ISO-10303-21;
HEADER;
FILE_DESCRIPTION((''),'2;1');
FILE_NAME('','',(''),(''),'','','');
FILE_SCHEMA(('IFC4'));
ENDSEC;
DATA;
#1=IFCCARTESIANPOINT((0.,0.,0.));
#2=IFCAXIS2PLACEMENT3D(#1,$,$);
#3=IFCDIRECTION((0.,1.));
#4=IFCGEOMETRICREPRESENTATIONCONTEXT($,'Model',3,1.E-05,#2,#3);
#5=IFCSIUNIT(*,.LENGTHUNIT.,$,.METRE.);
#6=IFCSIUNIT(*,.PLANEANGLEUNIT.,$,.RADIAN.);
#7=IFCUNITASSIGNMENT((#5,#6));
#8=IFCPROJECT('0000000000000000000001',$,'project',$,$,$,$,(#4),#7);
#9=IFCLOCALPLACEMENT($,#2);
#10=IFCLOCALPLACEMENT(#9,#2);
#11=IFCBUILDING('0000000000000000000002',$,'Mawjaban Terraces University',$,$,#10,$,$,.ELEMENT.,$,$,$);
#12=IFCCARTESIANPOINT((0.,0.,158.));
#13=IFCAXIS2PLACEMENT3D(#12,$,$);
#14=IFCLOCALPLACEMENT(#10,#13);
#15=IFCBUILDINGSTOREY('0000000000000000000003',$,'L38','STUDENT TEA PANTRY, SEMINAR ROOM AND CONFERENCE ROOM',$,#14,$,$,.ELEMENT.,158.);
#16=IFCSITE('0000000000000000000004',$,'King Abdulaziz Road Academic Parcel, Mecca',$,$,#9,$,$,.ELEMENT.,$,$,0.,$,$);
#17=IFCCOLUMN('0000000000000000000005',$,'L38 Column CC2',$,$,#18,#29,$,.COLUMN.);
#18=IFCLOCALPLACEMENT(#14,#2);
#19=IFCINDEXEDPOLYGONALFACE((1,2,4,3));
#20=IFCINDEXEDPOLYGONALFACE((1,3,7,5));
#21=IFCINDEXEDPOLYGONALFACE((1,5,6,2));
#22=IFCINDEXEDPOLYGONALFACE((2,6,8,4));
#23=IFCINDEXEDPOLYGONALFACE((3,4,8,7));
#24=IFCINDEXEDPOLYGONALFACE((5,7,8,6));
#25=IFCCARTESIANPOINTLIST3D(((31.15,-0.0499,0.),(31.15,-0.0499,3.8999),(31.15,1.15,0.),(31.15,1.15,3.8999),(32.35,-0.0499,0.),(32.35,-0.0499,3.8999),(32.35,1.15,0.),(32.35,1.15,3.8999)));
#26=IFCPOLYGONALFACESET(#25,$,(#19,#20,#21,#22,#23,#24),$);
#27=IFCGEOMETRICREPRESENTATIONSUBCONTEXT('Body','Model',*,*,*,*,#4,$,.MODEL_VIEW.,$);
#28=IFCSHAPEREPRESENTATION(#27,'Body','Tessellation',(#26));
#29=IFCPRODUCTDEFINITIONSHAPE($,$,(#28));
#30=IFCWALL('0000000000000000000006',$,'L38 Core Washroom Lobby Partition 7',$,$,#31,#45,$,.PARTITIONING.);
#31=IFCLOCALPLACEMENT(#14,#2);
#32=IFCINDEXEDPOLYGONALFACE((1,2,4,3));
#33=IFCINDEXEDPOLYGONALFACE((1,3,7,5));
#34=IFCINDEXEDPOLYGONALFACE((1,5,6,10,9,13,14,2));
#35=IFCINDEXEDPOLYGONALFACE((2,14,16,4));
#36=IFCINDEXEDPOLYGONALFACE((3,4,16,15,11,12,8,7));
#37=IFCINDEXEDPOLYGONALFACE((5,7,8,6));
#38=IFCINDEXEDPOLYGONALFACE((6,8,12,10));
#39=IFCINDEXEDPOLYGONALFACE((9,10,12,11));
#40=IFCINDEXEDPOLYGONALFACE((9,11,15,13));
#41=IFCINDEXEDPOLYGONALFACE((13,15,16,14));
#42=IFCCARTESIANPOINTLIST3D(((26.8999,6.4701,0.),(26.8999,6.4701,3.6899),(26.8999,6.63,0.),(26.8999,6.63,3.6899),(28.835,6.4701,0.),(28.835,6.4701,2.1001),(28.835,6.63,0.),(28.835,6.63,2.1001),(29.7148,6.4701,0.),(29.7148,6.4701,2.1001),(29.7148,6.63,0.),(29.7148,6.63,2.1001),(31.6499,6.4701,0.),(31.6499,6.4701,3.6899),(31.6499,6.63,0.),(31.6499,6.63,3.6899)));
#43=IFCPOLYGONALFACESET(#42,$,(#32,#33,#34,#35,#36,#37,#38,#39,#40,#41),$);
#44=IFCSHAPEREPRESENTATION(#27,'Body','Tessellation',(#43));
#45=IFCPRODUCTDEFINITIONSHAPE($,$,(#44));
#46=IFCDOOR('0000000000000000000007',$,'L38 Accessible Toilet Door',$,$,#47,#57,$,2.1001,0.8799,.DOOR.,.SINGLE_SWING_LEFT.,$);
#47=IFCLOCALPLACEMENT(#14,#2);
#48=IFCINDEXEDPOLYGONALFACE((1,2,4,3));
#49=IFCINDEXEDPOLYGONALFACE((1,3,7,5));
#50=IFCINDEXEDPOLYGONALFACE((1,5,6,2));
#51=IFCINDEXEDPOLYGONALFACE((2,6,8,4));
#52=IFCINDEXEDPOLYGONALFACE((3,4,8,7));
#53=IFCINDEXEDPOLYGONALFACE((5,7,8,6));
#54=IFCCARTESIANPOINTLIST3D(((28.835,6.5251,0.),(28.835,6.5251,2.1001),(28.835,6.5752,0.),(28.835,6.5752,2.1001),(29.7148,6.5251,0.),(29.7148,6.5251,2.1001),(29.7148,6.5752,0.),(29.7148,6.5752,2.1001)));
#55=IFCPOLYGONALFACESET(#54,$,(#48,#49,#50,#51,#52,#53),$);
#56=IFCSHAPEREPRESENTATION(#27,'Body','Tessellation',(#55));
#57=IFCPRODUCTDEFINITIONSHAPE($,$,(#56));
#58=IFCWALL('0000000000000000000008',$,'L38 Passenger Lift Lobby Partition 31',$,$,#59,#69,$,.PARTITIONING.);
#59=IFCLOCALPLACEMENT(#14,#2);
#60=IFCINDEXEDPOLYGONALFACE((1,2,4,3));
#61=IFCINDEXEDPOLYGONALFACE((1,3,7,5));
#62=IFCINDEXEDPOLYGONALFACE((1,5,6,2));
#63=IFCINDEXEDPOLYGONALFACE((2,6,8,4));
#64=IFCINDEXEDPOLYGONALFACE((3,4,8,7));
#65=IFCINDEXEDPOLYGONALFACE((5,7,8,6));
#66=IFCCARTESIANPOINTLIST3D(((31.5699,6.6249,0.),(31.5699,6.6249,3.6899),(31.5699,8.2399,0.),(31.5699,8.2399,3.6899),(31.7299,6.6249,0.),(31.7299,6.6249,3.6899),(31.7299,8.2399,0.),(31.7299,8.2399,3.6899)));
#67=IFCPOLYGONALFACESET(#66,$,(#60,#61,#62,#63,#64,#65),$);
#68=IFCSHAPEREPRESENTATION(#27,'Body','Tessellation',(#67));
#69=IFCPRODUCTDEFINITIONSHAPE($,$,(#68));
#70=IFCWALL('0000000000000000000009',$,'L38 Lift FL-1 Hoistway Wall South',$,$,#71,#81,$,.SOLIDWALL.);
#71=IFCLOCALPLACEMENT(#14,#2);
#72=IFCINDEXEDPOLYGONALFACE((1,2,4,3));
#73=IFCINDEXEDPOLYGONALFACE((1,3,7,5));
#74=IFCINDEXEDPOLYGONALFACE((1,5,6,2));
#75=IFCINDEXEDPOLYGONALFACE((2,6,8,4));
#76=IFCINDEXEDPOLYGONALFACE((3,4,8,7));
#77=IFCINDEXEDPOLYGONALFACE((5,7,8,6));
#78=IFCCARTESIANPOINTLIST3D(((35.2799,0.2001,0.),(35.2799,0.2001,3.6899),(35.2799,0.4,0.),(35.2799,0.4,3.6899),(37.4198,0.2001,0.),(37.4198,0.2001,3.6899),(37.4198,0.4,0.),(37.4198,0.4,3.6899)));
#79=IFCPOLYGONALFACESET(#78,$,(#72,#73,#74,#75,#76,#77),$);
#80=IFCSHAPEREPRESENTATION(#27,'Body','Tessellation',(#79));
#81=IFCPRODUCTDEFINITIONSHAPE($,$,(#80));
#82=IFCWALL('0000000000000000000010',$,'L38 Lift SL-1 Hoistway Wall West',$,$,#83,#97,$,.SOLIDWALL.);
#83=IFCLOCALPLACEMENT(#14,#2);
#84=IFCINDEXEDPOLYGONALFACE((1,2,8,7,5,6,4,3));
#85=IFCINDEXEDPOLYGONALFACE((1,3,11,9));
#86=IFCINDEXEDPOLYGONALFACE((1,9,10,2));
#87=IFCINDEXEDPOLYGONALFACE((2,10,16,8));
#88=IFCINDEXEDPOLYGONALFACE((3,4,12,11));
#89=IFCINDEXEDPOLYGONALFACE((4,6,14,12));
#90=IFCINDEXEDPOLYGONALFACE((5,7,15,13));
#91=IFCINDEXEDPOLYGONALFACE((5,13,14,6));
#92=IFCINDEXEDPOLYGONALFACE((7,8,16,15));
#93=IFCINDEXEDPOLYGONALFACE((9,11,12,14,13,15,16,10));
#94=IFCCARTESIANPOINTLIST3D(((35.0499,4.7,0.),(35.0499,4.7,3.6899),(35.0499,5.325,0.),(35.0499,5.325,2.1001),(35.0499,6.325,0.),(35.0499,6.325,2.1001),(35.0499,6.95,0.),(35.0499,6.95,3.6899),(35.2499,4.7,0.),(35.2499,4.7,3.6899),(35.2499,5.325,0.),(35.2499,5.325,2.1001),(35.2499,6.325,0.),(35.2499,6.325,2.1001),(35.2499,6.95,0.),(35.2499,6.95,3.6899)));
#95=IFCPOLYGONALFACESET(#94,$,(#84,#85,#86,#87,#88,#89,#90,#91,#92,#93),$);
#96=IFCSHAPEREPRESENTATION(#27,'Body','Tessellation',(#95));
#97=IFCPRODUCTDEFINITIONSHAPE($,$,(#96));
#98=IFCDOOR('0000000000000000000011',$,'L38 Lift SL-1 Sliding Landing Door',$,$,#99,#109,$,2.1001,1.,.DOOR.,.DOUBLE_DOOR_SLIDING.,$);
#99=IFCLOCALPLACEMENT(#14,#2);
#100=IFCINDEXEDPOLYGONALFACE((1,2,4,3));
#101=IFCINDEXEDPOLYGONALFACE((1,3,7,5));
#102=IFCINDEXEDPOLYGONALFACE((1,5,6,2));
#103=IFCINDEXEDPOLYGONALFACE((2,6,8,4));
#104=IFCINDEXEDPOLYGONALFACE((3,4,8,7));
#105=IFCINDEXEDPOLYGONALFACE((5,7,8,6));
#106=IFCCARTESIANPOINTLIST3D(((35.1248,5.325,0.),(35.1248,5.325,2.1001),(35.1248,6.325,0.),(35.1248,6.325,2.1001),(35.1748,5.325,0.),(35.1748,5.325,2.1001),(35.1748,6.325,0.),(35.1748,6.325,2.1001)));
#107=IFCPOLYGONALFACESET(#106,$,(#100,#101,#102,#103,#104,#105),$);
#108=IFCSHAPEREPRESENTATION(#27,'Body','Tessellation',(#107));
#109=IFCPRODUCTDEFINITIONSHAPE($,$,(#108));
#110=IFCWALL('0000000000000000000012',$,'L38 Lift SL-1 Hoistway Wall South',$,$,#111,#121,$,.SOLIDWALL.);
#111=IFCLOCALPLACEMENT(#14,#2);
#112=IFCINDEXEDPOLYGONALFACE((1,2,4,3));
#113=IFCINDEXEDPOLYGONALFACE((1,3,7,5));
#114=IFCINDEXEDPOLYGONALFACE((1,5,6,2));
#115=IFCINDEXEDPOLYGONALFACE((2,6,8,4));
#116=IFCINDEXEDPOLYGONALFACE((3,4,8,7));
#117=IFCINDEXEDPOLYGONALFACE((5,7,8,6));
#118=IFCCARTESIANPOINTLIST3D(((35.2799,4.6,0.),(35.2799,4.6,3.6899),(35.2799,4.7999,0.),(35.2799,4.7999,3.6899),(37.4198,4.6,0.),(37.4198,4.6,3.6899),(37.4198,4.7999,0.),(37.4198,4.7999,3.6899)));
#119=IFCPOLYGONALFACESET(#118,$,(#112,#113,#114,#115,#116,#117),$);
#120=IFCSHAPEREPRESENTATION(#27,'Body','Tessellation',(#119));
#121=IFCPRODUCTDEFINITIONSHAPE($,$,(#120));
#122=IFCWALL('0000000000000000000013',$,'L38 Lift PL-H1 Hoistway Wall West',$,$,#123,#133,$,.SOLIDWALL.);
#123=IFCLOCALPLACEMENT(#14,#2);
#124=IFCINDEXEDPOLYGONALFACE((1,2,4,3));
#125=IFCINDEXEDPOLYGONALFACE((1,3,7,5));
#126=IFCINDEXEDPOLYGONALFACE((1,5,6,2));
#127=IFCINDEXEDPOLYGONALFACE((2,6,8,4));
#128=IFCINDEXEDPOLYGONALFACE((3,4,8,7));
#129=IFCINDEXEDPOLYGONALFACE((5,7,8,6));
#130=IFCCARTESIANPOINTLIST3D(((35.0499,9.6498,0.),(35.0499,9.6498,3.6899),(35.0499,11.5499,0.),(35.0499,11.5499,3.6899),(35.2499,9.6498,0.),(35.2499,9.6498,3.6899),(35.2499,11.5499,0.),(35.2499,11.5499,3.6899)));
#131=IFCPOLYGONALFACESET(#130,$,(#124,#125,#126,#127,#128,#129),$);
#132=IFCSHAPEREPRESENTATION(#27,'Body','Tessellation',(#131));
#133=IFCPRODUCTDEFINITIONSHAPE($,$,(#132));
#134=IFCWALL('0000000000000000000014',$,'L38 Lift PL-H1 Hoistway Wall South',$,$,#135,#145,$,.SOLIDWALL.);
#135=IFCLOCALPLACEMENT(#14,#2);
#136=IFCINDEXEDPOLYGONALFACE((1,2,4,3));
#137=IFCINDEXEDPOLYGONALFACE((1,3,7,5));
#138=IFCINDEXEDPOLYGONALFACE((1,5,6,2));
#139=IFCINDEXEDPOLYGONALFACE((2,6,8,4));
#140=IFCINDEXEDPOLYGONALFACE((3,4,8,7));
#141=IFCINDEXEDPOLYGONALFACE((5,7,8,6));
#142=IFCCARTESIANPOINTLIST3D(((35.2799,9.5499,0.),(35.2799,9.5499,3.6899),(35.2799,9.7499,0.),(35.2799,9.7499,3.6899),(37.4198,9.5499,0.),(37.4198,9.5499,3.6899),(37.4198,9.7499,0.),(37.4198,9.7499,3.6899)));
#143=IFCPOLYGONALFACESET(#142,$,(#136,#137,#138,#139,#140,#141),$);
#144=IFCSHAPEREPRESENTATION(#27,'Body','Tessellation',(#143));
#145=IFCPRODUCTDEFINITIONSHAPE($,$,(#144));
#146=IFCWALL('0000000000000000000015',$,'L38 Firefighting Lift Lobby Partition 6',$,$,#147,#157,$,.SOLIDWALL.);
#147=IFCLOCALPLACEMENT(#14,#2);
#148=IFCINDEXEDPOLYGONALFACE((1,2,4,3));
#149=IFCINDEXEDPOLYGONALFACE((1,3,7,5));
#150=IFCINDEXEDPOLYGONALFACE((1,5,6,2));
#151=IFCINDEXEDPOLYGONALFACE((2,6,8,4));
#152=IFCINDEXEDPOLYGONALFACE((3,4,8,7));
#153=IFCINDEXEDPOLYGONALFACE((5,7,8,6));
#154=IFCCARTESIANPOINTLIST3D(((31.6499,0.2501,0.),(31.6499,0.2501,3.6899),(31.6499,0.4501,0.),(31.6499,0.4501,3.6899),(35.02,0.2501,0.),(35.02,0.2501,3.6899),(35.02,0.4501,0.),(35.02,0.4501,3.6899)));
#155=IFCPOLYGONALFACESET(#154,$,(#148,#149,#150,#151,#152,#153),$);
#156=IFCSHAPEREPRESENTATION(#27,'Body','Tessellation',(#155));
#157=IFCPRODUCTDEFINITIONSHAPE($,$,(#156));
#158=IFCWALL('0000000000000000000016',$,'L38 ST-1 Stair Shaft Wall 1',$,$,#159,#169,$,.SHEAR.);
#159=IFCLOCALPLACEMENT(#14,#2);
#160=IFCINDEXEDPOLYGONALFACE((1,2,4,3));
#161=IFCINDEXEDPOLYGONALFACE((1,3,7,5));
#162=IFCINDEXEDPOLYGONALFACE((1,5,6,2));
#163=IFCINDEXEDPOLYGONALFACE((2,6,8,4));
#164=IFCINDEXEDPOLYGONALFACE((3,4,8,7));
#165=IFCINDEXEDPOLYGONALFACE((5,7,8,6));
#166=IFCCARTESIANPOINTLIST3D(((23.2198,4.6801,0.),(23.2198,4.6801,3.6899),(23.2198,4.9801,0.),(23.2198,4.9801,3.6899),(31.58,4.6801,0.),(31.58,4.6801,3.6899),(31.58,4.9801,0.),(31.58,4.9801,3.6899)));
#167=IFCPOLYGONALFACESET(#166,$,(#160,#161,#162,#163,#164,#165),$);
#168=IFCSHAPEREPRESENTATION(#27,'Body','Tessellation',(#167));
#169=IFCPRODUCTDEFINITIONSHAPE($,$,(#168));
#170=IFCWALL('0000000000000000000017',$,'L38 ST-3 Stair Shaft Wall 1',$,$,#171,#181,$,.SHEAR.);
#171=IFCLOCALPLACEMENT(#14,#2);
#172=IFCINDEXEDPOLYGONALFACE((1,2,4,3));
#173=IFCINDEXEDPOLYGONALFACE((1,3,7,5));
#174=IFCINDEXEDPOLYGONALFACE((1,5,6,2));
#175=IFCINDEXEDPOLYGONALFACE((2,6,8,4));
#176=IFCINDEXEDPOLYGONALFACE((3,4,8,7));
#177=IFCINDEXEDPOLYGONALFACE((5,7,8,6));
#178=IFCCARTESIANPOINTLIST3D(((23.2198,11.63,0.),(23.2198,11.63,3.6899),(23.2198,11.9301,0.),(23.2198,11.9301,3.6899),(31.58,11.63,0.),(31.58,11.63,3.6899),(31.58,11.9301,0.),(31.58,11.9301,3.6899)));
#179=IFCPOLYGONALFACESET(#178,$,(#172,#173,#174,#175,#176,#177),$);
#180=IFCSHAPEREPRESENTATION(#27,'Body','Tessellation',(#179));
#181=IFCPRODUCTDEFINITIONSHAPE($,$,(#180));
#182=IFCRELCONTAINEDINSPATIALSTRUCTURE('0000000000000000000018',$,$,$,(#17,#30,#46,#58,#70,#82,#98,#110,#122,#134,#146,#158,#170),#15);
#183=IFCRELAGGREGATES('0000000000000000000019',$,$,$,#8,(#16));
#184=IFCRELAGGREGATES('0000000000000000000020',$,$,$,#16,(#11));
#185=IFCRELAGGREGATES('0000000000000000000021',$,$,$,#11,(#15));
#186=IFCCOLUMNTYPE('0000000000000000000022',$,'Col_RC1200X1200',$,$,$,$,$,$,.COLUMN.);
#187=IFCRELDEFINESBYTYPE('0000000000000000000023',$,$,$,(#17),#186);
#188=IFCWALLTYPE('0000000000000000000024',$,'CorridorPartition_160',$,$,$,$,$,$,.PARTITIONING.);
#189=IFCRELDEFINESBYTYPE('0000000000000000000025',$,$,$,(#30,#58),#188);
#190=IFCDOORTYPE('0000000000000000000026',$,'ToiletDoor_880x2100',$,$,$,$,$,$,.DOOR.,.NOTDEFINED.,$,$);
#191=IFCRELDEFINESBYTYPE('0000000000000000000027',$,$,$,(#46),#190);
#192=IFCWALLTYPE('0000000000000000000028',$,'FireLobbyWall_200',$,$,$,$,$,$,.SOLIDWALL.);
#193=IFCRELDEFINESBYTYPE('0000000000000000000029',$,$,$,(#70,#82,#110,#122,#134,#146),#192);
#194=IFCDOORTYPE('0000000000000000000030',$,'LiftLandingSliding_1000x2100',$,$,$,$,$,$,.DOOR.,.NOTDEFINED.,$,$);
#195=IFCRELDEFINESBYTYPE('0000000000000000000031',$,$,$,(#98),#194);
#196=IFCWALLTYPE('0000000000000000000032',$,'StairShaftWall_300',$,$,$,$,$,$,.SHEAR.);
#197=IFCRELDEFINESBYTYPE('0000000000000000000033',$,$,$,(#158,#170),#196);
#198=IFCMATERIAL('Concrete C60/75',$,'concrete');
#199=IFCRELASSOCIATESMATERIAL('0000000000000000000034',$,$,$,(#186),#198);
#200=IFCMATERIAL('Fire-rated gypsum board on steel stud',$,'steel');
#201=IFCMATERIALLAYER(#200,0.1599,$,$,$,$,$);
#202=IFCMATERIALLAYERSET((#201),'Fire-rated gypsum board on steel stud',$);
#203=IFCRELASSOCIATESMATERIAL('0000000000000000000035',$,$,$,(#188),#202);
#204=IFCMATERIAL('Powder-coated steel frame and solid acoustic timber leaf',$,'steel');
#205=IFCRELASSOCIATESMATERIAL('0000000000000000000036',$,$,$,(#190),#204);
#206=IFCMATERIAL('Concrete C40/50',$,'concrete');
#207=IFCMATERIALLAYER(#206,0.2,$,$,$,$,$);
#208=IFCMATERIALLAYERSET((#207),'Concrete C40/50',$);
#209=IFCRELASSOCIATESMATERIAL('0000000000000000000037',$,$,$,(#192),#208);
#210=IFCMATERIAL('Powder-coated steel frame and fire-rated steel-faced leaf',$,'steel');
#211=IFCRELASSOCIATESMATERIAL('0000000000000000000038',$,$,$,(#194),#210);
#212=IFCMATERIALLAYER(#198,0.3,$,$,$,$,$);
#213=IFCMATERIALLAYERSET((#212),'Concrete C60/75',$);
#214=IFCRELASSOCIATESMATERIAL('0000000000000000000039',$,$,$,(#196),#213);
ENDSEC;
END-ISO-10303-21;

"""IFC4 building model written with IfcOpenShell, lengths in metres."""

from ifc_helpers import new_model, si_unit, direction, frame, frame_2d, origin, origin_2d, place, context, subcontext, project, spatial, rectangle, extrude, material, layer, layer_set, material_profile, profile_set, type_object, element, fill, save


model = new_model("IFC4")

# Units and contexts
model_context = context("Model", 3, precision=1e-05, world=origin(), true_north=direction((0.0, 1.0)))
body_context = subcontext(model_context, "Body", "Model", "MODEL_VIEW")
ifc_project = project(units=[si_unit("LENGTHUNIT", "METRE"), si_unit("PLANEANGLEUNIT", "RADIAN")], contexts=[model_context])

# Site, building, storey
site_placement = place(None, origin())
site = spatial("IfcSite", under=ifc_project, at=site_placement, Name="King Abdulaziz Road Academic Parcel, Mecca", CompositionType="ELEMENT", RefElevation=0.0)
building_placement = place(site_placement, origin())
building = spatial("IfcBuilding", under=site, at=building_placement, Name="Mawjaban Terraces University", CompositionType="ELEMENT")
storey_placement = place(building_placement, frame((0.0, 0.0, 158.0)))
storey = spatial("IfcBuildingStorey", under=building, at=storey_placement, Name="L38", Description="STUDENT TEA PANTRY, SEMINAR ROOM AND CONFERENCE ROOM", CompositionType="ELEMENT", Elevation=158.0)

# Column
ifc_material_1 = material(Name="Concrete C60/75", Category="concrete")
ifc_material_profile = material_profile(ifc_material_1, rectangle(XDim=1.2, YDim=1.2, at=origin_2d()), Name="RC1200X1200")
ifc_profile_set = profile_set([ifc_material_profile], Name="Concrete C60/75")
column_type = type_object("IfcColumnType", Name="Col_RC1200X1200", PredefinedType="COLUMN", material=ifc_profile_set)
column_placement = place(storey_placement, frame((31.75, 0.55, 0.0), z_axis=(0.0, 0.0, 1.0), x_axis=(1.0, 0.0, 0.0)))
element("IfcColumn", 1, at=column_placement, inside=storey, type_object=column_type, Name="L38 Column CC2", PredefinedType="COLUMN", context=body_context, shape_type="SweptSolid", body=[
    extrude(rectangle(XDim=1.2, YDim=1.2, at=origin_2d()), origin(), (0.0, 0.0, 1.0), 3.8999),
])

# Wall, opening, door
ifc_material_2 = material(Name="Fire-rated gypsum board on steel stud", Category="steel")
ifc_layer_1 = layer(ifc_material_2, 0.1599)
ifc_layer_set_1 = layer_set([ifc_layer_1], Name="Fire-rated gypsum board on steel stud")
wall_type_1 = type_object("IfcWallType", Name="CorridorPartition_160", PredefinedType="PARTITIONING", material=ifc_layer_set_1)
wall_1_placement = place(storey_placement, frame((31.6499, 6.55, 0.0), z_axis=(0.0, 0.0, 1.0), x_axis=(-1.0, 0.0, 0.0)))
wall_1 = element("IfcWall", 2, at=wall_1_placement, inside=storey, type_object=wall_type_1, Name="L38 Core Washroom Lobby Partition 7", PredefinedType="PARTITIONING", context=body_context, shape_type="SweptSolid", body=[
    extrude(rectangle(XDim=4.75, YDim=0.1599, at=frame_2d((2.375, 0.0))), origin(), (0.0, 0.0, 1.0), 3.6899),
])
opening_1_placement = place(wall_1_placement, frame((1.9351, 0.0, 0.0)))
opening_1 = element("IfcOpeningElement", 3, at=opening_1_placement, cuts=wall_1, PredefinedType="OPENING", context=body_context, shape_type="SweptSolid", body=[
    extrude(rectangle(XDim=0.8799, YDim=2.1001, at=frame_2d((0.4399, 1.05))), frame((0.0, 0.0898, 0.0), z_axis=(0.0, -1.0, 0.0), x_axis=(1.0, 0.0, 0.0)), (0.0, 0.0, 1.0), 0.1799),
])
ifc_material_3 = material(Name="Powder-coated steel frame and solid acoustic timber leaf", Category="steel")
door_type_1 = type_object("IfcDoorType", Name="ToiletDoor_880x2100", OperationType="NOTDEFINED", PredefinedType="DOOR", material=ifc_material_3)
door_1_placement = place(opening_1_placement, origin())
door_1 = element("IfcDoor", 4, at=door_1_placement, inside=storey, type_object=door_type_1, Name="L38 Accessible Toilet Door", OperationType="SINGLE_SWING_LEFT", OverallHeight=2.1001, OverallWidth=0.8799, PredefinedType="DOOR", context=body_context, shape_type="SweptSolid", body=[
    extrude(rectangle(XDim=0.8799, YDim=2.1001, at=frame_2d((0.4399, 1.05))), frame((0.0, 0.0249, 0.0), z_axis=(0.0, -1.0, 0.0), x_axis=(1.0, 0.0, 0.0)), (0.0, 0.0, 1.0), 0.05),
])
fill(opening_1, door_1)

# Wall
wall_2_placement = place(storey_placement, frame((31.6499, 8.24, 0.0), z_axis=(0.0, 0.0, 1.0), x_axis=(0.0, -1.0, 0.0)))
element("IfcWall", 5, at=wall_2_placement, inside=storey, type_object=wall_type_1, Name="L38 Passenger Lift Lobby Partition 31", PredefinedType="PARTITIONING", context=body_context, shape_type="SweptSolid", body=[
    extrude(rectangle(XDim=1.615, YDim=0.1599, at=frame_2d((0.8076, 0.0))), origin(), (0.0, 0.0, 1.0), 3.6899),
])

# Shared definitions
ifc_material_4 = material(Name="Concrete C40/50", Category="concrete")
ifc_layer_2 = layer(ifc_material_4, 0.2)
ifc_layer_set_2 = layer_set([ifc_layer_2], Name="Concrete C40/50")
wall_type_2 = type_object("IfcWallType", Name="FireLobbyWall_200", PredefinedType="SOLIDWALL", material=ifc_layer_set_2)
ifc_material_5 = material(Name="Powder-coated steel frame and fire-rated steel-faced leaf", Category="steel")

# Wall
wall_3_placement = place(storey_placement, frame((35.28, 0.3, 0.0), z_axis=(0.0, 0.0, 1.0), x_axis=(1.0, 0.0, 0.0)))
element("IfcWall", 6, at=wall_3_placement, inside=storey, type_object=wall_type_2, Name="L38 Lift FL-1 Hoistway Wall South", PredefinedType="SOLIDWALL", context=body_context, shape_type="SweptSolid", body=[
    extrude(rectangle(XDim=2.1399, YDim=0.2, at=frame_2d((1.0698, 0.0))), origin(), (0.0, 0.0, 1.0), 3.6899),
])

# Wall, opening, door
wall_4_placement = place(storey_placement, frame((35.1499, 6.95, 0.0), z_axis=(0.0, 0.0, 1.0), x_axis=(0.0, -1.0, 0.0)))
wall_4 = element("IfcWall", 7, at=wall_4_placement, inside=storey, type_object=wall_type_2, Name="L38 Lift SL-1 Hoistway Wall West", PredefinedType="SOLIDWALL", context=body_context, shape_type="SweptSolid", body=[
    extrude(rectangle(XDim=2.25, YDim=0.2, at=frame_2d((1.125, 0.0))), origin(), (0.0, 0.0, 1.0), 3.6899),
])
opening_2_placement = place(wall_4_placement, frame((0.625, 0.0, 0.0)))
opening_2 = element("IfcOpeningElement", 8, at=opening_2_placement, cuts=wall_4, PredefinedType="OPENING", context=body_context, shape_type="SweptSolid", body=[
    extrude(rectangle(XDim=1.0, YDim=2.1001, at=frame_2d((0.5, 1.05))), frame((0.0, 0.1099, 0.0), z_axis=(0.0, -1.0, 0.0), x_axis=(1.0, 0.0, 0.0)), (0.0, 0.0, 1.0), 0.22),
])
door_type_2 = type_object("IfcDoorType", Name="LiftLandingSliding_1000x2100", OperationType="NOTDEFINED", PredefinedType="DOOR", material=ifc_material_5)
door_2_placement = place(opening_2_placement, origin())
door_2 = element("IfcDoor", 9, at=door_2_placement, inside=storey, type_object=door_type_2, Name="L38 Lift SL-1 Sliding Landing Door", OperationType="DOUBLE_DOOR_SLIDING", OverallHeight=2.1001, OverallWidth=1.0, PredefinedType="DOOR", context=body_context, shape_type="SweptSolid", body=[
    extrude(rectangle(XDim=1.0, YDim=2.1001, at=frame_2d((0.5, 1.05))), frame((0.0, 0.0249, 0.0), z_axis=(0.0, -1.0, 0.0), x_axis=(1.0, 0.0, 0.0)), (0.0, 0.0, 1.0), 0.05),
])
fill(opening_2, door_2)

# Walls
wall_5_placement = place(storey_placement, frame((35.28, 4.7, 0.0), z_axis=(0.0, 0.0, 1.0), x_axis=(1.0, 0.0, 0.0)))
element("IfcWall", 10, at=wall_5_placement, inside=storey, type_object=wall_type_2, Name="L38 Lift SL-1 Hoistway Wall South", PredefinedType="SOLIDWALL", context=body_context, shape_type="SweptSolid", body=[
    extrude(rectangle(XDim=2.1399, YDim=0.2, at=frame_2d((1.0698, 0.0))), origin(), (0.0, 0.0, 1.0), 3.6899),
])
wall_6_placement = place(storey_placement, frame((35.1499, 11.55, 0.0), z_axis=(0.0, 0.0, 1.0), x_axis=(0.0, -1.0, 0.0)))
element("IfcWall", 11, at=wall_6_placement, inside=storey, type_object=wall_type_2, Name="L38 Lift PL-H1 Hoistway Wall West", PredefinedType="SOLIDWALL", context=body_context, shape_type="SweptSolid", body=[
    extrude(rectangle(XDim=1.9001, YDim=0.2, at=frame_2d((0.9502, 0.0))), origin(), (0.0, 0.0, 1.0), 3.6899),
])
wall_7_placement = place(storey_placement, frame((35.28, 9.6499, 0.0), z_axis=(0.0, 0.0, 1.0), x_axis=(1.0, 0.0, 0.0)))
element("IfcWall", 12, at=wall_7_placement, inside=storey, type_object=wall_type_2, Name="L38 Lift PL-H1 Hoistway Wall South", PredefinedType="SOLIDWALL", context=body_context, shape_type="SweptSolid", body=[
    extrude(rectangle(XDim=2.1399, YDim=0.2, at=frame_2d((1.0698, 0.0))), origin(), (0.0, 0.0, 1.0), 3.6899),
])
wall_8_placement = place(storey_placement, frame((31.6499, 0.3501, 0.0), z_axis=(0.0, 0.0, 1.0), x_axis=(1.0, 0.0, 0.0)))
element("IfcWall", 13, at=wall_8_placement, inside=storey, type_object=wall_type_2, Name="L38 Firefighting Lift Lobby Partition 6", PredefinedType="SOLIDWALL", context=body_context, shape_type="SweptSolid", body=[
    extrude(rectangle(XDim=3.3701, YDim=0.2, at=frame_2d((1.6851, 0.0))), origin(), (0.0, 0.0, 1.0), 3.6899),
])

# Wall
ifc_layer_3 = layer(ifc_material_1, 0.3)
ifc_layer_set_3 = layer_set([ifc_layer_3], Name="Concrete C60/75")
wall_type_3 = type_object("IfcWallType", Name="StairShaftWall_300", PredefinedType="SHEAR", material=ifc_layer_set_3)
wall_9_placement = place(storey_placement, frame((31.5801, 4.8301, 0.0), z_axis=(0.0, 0.0, 1.0), x_axis=(-1.0, 0.0, 0.0)))
element("IfcWall", 14, at=wall_9_placement, inside=storey, type_object=wall_type_3, Name="L38 ST-1 Stair Shaft Wall 1", PredefinedType="SHEAR", context=body_context, shape_type="SweptSolid", body=[
    extrude(rectangle(XDim=8.3601, YDim=0.3, at=frame_2d((4.1802, 0.0))), origin(), (0.0, 0.0, 1.0), 3.6899),
])

# Wall
wall_10_placement = place(storey_placement, frame((31.5801, 11.78, 0.0), z_axis=(0.0, 0.0, 1.0), x_axis=(-1.0, 0.0, 0.0)))
element("IfcWall", 15, at=wall_10_placement, inside=storey, type_object=wall_type_3, Name="L38 ST-3 Stair Shaft Wall 1", PredefinedType="SHEAR", context=body_context, shape_type="SweptSolid", body=[
    extrude(rectangle(XDim=8.3601, YDim=0.3, at=frame_2d((4.1802, 0.0))), origin(), (0.0, 0.0, 1.0), 3.6899),
])

save(model, "model.ifc")
